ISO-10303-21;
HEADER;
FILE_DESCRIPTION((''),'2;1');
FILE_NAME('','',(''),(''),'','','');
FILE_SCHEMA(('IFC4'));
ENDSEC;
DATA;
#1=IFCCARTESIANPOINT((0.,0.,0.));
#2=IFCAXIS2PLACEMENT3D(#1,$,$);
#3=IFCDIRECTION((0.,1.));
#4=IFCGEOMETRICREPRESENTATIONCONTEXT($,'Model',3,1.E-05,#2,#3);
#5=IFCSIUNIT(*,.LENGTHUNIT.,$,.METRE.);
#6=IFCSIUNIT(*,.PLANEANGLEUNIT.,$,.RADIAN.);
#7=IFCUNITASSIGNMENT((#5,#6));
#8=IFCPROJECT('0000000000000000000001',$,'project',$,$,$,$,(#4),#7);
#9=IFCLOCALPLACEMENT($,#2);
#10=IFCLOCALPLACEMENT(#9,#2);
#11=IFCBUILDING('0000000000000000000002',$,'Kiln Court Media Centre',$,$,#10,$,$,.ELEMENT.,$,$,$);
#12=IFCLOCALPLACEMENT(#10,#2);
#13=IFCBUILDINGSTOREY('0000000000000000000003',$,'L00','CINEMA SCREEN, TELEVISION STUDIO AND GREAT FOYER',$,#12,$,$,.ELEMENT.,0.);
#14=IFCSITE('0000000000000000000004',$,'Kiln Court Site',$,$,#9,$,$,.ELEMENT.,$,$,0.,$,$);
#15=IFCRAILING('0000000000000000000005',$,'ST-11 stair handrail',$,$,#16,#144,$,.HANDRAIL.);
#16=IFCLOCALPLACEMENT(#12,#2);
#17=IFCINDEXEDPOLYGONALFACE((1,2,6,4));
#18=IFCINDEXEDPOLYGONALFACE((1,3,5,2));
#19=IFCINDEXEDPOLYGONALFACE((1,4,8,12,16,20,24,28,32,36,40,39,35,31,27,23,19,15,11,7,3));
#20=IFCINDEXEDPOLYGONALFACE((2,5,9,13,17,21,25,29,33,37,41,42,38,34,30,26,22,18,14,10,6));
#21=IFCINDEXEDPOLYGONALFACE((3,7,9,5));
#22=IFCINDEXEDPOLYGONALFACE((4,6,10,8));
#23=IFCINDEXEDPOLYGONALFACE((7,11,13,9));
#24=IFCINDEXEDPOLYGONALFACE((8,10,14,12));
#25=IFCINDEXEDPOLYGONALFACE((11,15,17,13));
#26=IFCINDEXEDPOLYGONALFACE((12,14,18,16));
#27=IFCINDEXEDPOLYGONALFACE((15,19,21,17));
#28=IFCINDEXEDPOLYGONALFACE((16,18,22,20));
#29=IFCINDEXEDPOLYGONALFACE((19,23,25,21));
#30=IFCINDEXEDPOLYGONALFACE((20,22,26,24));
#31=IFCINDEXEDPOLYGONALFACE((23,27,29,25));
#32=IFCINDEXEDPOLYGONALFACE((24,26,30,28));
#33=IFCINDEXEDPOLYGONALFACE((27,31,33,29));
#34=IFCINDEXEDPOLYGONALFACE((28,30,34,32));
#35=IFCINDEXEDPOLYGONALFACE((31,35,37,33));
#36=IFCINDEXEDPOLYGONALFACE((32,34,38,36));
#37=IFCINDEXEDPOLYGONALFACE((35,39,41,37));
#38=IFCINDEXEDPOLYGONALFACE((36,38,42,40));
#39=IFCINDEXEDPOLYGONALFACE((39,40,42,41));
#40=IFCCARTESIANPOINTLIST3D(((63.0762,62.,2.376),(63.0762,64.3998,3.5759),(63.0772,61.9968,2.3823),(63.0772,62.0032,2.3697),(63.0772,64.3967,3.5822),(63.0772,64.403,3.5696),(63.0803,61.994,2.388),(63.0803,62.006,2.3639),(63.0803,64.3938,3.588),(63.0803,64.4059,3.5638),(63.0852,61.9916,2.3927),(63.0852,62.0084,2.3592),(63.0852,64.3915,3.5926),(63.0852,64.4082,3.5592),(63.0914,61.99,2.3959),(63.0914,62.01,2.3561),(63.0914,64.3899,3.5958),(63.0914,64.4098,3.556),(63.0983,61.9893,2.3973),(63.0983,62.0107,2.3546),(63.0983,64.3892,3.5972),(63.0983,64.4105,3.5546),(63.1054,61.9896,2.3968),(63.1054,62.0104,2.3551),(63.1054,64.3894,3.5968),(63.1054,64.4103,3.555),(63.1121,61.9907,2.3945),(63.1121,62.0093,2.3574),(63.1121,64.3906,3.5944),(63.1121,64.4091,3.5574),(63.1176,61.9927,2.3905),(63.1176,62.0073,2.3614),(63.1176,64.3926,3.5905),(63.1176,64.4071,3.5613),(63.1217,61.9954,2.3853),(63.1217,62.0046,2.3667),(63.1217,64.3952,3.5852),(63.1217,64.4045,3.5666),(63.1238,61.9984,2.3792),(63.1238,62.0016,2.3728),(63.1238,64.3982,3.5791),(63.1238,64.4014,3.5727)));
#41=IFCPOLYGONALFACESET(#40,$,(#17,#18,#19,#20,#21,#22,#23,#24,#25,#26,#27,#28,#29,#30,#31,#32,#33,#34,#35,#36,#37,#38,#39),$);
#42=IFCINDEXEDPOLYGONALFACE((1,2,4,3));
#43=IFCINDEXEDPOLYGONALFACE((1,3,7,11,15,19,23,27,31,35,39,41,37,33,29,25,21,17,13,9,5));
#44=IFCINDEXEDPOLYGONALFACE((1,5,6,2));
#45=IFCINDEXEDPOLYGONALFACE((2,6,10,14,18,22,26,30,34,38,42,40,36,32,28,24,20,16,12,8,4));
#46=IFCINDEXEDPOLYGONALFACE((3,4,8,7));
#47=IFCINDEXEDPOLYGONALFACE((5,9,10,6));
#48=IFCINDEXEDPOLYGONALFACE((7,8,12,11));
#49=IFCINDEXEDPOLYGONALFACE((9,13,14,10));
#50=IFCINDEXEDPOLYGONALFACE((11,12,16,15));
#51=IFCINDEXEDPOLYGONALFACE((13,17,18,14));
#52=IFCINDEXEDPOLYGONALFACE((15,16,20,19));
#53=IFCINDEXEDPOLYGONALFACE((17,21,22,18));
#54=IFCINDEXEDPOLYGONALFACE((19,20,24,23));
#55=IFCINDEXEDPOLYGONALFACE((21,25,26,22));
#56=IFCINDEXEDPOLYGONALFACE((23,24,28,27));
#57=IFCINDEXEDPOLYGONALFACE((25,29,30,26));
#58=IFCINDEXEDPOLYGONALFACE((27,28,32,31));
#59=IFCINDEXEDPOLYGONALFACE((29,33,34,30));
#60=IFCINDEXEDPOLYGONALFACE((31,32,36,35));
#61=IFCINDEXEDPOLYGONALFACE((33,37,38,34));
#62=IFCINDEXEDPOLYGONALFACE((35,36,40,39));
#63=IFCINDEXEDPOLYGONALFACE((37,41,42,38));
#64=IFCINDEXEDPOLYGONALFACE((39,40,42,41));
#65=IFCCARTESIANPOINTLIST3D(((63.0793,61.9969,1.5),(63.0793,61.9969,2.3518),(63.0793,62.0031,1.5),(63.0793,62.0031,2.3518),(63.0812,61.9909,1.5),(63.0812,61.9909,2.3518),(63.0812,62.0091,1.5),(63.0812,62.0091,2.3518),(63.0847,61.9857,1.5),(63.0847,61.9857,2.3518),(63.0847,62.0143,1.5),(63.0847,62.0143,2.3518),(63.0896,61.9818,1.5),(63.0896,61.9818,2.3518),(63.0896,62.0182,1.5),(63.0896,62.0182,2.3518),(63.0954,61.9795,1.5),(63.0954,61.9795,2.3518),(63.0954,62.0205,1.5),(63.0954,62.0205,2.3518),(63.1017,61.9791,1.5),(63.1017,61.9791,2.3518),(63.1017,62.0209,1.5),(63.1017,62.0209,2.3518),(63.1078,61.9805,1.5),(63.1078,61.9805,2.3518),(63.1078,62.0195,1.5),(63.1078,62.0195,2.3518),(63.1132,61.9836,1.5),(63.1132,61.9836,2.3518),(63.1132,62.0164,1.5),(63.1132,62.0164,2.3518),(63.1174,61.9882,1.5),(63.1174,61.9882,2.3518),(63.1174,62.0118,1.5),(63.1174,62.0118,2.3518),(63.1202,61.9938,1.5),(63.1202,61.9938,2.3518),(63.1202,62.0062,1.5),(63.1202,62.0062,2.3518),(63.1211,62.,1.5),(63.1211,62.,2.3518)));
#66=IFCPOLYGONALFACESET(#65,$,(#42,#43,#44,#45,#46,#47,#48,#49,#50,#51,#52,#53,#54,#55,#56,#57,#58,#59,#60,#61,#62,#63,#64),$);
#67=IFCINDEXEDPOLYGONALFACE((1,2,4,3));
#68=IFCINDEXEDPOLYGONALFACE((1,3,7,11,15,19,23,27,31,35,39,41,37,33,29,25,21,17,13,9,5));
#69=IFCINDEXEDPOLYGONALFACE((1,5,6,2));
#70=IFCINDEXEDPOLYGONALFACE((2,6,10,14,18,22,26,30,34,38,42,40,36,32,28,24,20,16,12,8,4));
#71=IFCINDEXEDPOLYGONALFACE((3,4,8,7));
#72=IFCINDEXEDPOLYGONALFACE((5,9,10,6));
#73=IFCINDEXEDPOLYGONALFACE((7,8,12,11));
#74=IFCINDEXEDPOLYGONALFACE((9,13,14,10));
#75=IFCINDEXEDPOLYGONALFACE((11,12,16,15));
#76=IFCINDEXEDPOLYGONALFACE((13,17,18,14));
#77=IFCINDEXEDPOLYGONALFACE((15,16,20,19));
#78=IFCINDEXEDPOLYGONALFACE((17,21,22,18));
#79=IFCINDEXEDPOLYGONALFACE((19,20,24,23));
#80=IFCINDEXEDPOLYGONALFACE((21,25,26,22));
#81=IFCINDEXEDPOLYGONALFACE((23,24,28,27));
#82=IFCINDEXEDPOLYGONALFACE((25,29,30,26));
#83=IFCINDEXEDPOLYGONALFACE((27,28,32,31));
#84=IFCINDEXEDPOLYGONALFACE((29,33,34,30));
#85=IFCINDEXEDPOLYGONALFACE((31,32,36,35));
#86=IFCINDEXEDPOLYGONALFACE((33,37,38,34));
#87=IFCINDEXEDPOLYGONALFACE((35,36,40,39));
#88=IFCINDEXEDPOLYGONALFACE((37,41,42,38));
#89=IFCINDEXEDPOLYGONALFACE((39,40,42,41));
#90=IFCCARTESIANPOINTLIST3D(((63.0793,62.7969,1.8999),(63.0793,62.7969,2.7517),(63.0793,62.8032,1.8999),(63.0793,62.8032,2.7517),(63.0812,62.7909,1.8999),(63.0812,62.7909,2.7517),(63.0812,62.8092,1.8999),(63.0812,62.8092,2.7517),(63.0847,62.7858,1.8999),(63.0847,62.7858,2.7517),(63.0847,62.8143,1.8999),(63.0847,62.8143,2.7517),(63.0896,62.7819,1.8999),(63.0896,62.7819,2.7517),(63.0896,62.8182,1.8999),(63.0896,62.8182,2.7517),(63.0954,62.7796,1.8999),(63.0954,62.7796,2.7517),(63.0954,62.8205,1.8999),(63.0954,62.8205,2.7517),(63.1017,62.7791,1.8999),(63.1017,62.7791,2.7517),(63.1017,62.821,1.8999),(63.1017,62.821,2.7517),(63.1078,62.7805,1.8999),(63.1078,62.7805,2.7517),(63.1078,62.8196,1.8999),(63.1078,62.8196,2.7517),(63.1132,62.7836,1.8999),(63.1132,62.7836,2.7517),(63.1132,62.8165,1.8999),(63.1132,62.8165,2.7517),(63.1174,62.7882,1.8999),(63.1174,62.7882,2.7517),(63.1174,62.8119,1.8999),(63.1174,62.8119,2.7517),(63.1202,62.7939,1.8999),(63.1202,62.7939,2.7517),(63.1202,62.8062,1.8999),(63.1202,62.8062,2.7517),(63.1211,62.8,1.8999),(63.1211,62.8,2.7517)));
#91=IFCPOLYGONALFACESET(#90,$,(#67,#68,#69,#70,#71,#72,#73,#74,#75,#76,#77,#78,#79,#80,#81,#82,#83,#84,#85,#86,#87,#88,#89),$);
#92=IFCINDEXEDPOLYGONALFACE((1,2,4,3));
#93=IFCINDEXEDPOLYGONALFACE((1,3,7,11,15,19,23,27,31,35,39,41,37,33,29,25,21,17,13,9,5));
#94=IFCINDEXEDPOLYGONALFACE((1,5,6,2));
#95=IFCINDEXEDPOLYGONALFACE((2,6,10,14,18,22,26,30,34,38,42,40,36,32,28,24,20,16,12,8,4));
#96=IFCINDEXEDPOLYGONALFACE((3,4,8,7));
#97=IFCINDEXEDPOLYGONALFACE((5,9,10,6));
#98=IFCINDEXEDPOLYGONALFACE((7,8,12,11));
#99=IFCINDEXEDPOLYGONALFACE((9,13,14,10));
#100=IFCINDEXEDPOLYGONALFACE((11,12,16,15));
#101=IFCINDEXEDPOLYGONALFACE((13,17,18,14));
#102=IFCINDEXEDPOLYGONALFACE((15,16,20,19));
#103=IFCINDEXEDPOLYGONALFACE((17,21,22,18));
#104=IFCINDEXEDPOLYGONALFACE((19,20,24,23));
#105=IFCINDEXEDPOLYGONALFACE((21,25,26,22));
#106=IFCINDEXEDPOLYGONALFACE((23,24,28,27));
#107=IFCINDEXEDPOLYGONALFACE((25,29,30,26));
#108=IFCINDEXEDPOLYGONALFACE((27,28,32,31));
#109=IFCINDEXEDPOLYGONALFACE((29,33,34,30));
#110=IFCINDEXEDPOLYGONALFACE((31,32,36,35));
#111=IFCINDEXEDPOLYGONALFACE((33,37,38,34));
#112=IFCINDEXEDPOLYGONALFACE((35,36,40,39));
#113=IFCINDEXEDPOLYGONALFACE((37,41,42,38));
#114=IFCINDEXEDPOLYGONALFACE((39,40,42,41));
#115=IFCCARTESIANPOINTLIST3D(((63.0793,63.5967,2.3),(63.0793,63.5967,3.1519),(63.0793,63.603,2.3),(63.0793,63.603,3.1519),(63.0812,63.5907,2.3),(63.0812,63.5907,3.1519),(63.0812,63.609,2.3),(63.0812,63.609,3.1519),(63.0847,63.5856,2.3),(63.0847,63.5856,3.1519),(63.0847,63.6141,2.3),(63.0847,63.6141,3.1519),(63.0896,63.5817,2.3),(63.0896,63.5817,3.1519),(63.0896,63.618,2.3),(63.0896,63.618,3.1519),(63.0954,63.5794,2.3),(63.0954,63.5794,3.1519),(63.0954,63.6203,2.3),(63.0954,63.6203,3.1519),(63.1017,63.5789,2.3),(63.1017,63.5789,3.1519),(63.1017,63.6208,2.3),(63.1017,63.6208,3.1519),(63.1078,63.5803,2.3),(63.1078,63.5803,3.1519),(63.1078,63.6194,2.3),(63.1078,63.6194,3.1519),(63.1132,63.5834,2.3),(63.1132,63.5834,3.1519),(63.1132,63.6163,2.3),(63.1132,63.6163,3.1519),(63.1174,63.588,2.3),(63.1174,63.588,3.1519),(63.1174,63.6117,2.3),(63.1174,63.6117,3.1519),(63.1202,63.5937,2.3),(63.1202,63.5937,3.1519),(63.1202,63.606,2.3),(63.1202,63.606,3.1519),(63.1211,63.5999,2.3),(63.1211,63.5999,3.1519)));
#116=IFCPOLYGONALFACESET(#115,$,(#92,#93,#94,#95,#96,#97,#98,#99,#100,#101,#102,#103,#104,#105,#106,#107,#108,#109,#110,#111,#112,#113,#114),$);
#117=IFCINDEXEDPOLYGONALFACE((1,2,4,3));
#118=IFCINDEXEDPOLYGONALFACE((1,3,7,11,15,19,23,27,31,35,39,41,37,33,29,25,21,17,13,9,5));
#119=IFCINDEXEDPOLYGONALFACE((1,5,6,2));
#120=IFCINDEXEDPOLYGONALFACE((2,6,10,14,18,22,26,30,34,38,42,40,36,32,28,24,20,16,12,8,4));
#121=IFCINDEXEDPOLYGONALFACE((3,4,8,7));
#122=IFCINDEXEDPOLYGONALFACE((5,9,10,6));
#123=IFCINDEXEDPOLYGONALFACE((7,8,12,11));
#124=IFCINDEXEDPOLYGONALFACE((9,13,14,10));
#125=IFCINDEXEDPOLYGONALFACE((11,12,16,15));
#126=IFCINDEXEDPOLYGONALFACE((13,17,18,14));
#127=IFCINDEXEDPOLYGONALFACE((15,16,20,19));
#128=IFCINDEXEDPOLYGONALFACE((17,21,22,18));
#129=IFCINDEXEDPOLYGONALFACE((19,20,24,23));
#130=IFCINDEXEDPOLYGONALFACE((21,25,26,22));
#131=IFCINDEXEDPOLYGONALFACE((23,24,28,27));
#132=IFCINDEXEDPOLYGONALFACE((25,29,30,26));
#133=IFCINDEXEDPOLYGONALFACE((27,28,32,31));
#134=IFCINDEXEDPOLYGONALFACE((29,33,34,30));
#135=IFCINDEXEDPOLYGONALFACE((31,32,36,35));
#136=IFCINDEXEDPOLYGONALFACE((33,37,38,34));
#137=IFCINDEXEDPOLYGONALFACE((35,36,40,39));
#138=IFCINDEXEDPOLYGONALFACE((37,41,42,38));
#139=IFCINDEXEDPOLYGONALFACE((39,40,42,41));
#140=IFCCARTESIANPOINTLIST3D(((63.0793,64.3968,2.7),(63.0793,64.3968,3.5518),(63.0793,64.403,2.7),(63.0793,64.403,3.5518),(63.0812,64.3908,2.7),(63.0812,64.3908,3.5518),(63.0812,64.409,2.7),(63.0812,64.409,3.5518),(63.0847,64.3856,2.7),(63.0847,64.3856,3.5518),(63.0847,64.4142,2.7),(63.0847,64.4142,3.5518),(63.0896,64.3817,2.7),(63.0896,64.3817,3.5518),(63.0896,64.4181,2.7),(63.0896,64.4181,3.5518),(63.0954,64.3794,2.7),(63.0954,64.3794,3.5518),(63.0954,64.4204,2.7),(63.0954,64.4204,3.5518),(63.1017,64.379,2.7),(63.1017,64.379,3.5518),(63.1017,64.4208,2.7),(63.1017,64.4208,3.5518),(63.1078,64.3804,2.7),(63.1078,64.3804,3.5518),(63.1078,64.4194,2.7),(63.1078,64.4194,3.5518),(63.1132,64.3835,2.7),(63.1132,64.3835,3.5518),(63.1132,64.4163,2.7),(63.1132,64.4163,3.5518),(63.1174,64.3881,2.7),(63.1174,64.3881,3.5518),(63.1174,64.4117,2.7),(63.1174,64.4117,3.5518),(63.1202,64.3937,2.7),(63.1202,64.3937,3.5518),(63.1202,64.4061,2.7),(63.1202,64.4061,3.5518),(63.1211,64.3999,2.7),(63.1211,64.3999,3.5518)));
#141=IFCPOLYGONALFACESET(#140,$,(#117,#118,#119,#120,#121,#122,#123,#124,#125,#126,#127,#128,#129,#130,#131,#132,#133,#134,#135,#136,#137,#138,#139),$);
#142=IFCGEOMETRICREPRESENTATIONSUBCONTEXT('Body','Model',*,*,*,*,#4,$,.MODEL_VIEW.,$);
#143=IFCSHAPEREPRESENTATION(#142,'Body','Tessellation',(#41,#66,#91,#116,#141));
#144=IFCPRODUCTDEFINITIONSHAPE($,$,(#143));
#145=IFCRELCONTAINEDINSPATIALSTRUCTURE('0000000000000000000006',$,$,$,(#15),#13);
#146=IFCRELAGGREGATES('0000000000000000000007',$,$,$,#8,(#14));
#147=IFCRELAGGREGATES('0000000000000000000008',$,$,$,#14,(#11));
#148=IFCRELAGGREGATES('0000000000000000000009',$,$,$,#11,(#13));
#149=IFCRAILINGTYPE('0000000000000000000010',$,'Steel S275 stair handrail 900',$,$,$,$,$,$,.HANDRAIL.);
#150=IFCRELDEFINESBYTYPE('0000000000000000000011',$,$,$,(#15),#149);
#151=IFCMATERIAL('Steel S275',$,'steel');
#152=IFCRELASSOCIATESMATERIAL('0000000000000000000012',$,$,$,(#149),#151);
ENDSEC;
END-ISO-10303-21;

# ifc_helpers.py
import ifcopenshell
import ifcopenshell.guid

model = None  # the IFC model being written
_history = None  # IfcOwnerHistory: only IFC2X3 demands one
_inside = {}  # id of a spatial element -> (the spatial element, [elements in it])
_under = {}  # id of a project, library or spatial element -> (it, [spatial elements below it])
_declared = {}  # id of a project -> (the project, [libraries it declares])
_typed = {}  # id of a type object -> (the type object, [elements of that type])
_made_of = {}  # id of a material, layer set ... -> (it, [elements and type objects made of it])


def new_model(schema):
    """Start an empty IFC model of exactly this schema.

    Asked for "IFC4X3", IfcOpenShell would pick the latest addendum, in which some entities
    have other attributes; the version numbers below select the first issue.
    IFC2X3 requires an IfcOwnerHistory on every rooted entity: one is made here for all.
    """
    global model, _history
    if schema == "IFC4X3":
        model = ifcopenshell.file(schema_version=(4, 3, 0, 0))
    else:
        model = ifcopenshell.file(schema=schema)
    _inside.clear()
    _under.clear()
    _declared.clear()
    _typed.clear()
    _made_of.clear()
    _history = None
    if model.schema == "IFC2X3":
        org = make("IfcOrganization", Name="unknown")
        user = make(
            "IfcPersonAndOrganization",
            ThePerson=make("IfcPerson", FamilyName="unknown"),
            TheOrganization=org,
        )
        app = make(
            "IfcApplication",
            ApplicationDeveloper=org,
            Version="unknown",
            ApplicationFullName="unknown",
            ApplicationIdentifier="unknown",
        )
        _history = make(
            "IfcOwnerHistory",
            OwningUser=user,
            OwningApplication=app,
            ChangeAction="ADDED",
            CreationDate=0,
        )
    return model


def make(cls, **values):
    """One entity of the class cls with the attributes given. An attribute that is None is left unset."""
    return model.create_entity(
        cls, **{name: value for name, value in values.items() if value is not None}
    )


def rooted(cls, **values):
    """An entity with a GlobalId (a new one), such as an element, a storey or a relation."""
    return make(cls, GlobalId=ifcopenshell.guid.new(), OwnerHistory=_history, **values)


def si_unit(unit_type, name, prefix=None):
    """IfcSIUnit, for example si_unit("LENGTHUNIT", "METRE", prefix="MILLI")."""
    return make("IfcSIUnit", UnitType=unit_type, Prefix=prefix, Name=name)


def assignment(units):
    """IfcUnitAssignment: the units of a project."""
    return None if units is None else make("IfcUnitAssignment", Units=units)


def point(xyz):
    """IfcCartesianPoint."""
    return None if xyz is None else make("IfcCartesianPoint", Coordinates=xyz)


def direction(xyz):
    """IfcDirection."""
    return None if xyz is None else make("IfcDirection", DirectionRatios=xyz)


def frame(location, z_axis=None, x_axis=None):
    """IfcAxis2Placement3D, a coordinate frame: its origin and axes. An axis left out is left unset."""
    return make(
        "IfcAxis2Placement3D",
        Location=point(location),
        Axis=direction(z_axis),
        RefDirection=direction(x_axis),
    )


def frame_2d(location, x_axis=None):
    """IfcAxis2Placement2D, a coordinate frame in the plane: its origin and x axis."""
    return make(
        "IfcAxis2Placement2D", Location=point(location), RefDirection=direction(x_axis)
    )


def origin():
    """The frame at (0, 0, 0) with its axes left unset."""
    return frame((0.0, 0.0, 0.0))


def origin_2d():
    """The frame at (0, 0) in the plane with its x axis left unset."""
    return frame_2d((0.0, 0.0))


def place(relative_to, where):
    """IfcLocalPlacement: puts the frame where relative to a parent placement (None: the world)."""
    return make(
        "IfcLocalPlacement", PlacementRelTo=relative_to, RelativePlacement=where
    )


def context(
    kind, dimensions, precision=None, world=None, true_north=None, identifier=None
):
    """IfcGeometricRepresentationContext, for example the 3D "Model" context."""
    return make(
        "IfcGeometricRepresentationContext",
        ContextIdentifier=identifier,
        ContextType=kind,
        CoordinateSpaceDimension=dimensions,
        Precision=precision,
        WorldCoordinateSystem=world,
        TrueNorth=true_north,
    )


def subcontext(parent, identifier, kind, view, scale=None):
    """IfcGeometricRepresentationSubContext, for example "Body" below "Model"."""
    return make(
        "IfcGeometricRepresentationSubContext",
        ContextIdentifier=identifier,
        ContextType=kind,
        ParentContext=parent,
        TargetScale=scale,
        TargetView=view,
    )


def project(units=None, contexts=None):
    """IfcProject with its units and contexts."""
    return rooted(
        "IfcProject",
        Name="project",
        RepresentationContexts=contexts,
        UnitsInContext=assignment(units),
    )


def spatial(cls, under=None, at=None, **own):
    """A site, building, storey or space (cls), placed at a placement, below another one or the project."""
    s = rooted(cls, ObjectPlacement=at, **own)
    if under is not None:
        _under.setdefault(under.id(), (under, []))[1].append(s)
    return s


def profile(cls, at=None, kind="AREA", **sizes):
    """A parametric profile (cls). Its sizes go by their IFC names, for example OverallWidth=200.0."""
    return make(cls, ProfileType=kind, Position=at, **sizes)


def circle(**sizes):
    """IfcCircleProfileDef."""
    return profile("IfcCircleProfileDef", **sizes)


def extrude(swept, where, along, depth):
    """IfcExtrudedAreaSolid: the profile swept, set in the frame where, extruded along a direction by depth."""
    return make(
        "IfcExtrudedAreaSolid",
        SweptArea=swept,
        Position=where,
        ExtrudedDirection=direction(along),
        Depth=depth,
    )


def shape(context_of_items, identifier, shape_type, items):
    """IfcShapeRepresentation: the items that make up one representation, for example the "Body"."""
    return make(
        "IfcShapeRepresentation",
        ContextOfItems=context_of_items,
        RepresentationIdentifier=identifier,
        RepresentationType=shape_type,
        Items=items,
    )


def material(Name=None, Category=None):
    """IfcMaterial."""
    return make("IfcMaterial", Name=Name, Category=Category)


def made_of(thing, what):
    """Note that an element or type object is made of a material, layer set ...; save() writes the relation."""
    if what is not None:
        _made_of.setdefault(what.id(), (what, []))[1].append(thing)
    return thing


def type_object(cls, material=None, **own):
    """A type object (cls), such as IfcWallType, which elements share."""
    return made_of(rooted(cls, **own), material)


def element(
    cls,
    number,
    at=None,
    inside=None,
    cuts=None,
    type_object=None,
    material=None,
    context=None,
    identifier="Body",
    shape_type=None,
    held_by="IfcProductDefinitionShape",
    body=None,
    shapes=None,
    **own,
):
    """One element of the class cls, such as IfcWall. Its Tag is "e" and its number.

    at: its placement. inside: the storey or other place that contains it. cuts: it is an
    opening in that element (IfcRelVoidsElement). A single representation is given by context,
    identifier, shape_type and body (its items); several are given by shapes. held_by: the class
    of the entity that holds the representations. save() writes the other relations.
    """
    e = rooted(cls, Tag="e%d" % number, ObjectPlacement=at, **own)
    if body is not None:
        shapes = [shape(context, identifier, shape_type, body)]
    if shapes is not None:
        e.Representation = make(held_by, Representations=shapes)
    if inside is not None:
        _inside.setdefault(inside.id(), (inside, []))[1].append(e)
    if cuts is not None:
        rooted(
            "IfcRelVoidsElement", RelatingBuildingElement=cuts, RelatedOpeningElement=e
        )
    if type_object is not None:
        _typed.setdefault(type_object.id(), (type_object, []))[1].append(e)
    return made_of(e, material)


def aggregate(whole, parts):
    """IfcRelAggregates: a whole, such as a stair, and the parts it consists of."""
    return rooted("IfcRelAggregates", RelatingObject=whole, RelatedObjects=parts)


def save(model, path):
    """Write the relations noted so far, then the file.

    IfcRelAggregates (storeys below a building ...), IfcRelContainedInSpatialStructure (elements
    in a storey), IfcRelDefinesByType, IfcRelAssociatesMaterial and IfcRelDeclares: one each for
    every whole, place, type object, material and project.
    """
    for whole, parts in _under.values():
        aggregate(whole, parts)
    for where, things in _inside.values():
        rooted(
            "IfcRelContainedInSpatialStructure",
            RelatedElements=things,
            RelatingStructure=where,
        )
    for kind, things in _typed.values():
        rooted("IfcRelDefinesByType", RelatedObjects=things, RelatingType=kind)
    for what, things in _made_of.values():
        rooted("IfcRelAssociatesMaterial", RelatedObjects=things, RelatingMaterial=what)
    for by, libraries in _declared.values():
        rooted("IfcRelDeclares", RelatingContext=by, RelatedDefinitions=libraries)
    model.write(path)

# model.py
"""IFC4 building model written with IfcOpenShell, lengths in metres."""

from ifc_helpers import new_model, si_unit, direction, frame, origin, origin_2d, place, context, subcontext, project, spatial, circle, extrude, material, type_object, element, save


model = new_model("IFC4")

# Units and contexts
model_context = context("Model", 3, precision=1e-05, world=origin(), true_north=direction((0.0, 1.0)))
body_context = subcontext(model_context, "Body", "Model", "MODEL_VIEW")
ifc_project = project(units=[si_unit("LENGTHUNIT", "METRE"), si_unit("PLANEANGLEUNIT", "RADIAN")], contexts=[model_context])

# Site, building, storey
site_placement = place(None, origin())
site = spatial("IfcSite", under=ifc_project, at=site_placement, Name="Kiln Court Site", CompositionType="ELEMENT", RefElevation=0.0)
building_placement = place(site_placement, origin())
building = spatial("IfcBuilding", under=site, at=building_placement, Name="Kiln Court Media Centre", CompositionType="ELEMENT")
storey_placement = place(building_placement, origin())
storey = spatial("IfcBuildingStorey", under=building, at=storey_placement, Name="L00", Description="CINEMA SCREEN, TELEVISION STUDIO AND GREAT FOYER", CompositionType="ELEMENT", Elevation=0.0)

# Railing
ifc_material_1 = material(Name="Steel S275", Category="steel")
railing_type_1 = type_object("IfcRailingType", Name="Steel S275 stair handrail 900", PredefinedType="HANDRAIL", material=ifc_material_1)
for number, where, name in (
    (1, (63.1001, 62.0, 1.5), "ST-11 stair handrail"),
):
    element("IfcRailing", number, at=place(storey_placement, frame(where)), inside=storey, type_object=railing_type_1, Name=name, PredefinedType="HANDRAIL", context=body_context, shape_type="SweptSolid", body=[
        extrude(circle(Radius=0.0239, at=origin_2d()), frame((0.0, 0.0, 0.876), z_axis=(0.0, 0.894427, 0.447214), x_axis=(-1.0, 0.0, 0.0)), (0.0, 0.0, 1.0), 2.6831),
        extrude(circle(Radius=0.021, at=origin_2d()), origin(), (0.0, 0.0, 1.0), 0.8518),
        extrude(circle(Radius=0.021, at=origin_2d()), frame((0.0, 0.8, 0.3999)), (0.0, 0.0, 1.0), 0.8518),
        extrude(circle(Radius=0.021, at=origin_2d()), frame((0.0, 1.5999, 0.8)), (0.0, 0.0, 1.0), 0.8518),
        extrude(circle(Radius=0.021, at=origin_2d()), frame((0.0, 2.3999, 1.2)), (0.0, 0.0, 1.0), 0.8518),
    ])

save(model, "model.ifc")
